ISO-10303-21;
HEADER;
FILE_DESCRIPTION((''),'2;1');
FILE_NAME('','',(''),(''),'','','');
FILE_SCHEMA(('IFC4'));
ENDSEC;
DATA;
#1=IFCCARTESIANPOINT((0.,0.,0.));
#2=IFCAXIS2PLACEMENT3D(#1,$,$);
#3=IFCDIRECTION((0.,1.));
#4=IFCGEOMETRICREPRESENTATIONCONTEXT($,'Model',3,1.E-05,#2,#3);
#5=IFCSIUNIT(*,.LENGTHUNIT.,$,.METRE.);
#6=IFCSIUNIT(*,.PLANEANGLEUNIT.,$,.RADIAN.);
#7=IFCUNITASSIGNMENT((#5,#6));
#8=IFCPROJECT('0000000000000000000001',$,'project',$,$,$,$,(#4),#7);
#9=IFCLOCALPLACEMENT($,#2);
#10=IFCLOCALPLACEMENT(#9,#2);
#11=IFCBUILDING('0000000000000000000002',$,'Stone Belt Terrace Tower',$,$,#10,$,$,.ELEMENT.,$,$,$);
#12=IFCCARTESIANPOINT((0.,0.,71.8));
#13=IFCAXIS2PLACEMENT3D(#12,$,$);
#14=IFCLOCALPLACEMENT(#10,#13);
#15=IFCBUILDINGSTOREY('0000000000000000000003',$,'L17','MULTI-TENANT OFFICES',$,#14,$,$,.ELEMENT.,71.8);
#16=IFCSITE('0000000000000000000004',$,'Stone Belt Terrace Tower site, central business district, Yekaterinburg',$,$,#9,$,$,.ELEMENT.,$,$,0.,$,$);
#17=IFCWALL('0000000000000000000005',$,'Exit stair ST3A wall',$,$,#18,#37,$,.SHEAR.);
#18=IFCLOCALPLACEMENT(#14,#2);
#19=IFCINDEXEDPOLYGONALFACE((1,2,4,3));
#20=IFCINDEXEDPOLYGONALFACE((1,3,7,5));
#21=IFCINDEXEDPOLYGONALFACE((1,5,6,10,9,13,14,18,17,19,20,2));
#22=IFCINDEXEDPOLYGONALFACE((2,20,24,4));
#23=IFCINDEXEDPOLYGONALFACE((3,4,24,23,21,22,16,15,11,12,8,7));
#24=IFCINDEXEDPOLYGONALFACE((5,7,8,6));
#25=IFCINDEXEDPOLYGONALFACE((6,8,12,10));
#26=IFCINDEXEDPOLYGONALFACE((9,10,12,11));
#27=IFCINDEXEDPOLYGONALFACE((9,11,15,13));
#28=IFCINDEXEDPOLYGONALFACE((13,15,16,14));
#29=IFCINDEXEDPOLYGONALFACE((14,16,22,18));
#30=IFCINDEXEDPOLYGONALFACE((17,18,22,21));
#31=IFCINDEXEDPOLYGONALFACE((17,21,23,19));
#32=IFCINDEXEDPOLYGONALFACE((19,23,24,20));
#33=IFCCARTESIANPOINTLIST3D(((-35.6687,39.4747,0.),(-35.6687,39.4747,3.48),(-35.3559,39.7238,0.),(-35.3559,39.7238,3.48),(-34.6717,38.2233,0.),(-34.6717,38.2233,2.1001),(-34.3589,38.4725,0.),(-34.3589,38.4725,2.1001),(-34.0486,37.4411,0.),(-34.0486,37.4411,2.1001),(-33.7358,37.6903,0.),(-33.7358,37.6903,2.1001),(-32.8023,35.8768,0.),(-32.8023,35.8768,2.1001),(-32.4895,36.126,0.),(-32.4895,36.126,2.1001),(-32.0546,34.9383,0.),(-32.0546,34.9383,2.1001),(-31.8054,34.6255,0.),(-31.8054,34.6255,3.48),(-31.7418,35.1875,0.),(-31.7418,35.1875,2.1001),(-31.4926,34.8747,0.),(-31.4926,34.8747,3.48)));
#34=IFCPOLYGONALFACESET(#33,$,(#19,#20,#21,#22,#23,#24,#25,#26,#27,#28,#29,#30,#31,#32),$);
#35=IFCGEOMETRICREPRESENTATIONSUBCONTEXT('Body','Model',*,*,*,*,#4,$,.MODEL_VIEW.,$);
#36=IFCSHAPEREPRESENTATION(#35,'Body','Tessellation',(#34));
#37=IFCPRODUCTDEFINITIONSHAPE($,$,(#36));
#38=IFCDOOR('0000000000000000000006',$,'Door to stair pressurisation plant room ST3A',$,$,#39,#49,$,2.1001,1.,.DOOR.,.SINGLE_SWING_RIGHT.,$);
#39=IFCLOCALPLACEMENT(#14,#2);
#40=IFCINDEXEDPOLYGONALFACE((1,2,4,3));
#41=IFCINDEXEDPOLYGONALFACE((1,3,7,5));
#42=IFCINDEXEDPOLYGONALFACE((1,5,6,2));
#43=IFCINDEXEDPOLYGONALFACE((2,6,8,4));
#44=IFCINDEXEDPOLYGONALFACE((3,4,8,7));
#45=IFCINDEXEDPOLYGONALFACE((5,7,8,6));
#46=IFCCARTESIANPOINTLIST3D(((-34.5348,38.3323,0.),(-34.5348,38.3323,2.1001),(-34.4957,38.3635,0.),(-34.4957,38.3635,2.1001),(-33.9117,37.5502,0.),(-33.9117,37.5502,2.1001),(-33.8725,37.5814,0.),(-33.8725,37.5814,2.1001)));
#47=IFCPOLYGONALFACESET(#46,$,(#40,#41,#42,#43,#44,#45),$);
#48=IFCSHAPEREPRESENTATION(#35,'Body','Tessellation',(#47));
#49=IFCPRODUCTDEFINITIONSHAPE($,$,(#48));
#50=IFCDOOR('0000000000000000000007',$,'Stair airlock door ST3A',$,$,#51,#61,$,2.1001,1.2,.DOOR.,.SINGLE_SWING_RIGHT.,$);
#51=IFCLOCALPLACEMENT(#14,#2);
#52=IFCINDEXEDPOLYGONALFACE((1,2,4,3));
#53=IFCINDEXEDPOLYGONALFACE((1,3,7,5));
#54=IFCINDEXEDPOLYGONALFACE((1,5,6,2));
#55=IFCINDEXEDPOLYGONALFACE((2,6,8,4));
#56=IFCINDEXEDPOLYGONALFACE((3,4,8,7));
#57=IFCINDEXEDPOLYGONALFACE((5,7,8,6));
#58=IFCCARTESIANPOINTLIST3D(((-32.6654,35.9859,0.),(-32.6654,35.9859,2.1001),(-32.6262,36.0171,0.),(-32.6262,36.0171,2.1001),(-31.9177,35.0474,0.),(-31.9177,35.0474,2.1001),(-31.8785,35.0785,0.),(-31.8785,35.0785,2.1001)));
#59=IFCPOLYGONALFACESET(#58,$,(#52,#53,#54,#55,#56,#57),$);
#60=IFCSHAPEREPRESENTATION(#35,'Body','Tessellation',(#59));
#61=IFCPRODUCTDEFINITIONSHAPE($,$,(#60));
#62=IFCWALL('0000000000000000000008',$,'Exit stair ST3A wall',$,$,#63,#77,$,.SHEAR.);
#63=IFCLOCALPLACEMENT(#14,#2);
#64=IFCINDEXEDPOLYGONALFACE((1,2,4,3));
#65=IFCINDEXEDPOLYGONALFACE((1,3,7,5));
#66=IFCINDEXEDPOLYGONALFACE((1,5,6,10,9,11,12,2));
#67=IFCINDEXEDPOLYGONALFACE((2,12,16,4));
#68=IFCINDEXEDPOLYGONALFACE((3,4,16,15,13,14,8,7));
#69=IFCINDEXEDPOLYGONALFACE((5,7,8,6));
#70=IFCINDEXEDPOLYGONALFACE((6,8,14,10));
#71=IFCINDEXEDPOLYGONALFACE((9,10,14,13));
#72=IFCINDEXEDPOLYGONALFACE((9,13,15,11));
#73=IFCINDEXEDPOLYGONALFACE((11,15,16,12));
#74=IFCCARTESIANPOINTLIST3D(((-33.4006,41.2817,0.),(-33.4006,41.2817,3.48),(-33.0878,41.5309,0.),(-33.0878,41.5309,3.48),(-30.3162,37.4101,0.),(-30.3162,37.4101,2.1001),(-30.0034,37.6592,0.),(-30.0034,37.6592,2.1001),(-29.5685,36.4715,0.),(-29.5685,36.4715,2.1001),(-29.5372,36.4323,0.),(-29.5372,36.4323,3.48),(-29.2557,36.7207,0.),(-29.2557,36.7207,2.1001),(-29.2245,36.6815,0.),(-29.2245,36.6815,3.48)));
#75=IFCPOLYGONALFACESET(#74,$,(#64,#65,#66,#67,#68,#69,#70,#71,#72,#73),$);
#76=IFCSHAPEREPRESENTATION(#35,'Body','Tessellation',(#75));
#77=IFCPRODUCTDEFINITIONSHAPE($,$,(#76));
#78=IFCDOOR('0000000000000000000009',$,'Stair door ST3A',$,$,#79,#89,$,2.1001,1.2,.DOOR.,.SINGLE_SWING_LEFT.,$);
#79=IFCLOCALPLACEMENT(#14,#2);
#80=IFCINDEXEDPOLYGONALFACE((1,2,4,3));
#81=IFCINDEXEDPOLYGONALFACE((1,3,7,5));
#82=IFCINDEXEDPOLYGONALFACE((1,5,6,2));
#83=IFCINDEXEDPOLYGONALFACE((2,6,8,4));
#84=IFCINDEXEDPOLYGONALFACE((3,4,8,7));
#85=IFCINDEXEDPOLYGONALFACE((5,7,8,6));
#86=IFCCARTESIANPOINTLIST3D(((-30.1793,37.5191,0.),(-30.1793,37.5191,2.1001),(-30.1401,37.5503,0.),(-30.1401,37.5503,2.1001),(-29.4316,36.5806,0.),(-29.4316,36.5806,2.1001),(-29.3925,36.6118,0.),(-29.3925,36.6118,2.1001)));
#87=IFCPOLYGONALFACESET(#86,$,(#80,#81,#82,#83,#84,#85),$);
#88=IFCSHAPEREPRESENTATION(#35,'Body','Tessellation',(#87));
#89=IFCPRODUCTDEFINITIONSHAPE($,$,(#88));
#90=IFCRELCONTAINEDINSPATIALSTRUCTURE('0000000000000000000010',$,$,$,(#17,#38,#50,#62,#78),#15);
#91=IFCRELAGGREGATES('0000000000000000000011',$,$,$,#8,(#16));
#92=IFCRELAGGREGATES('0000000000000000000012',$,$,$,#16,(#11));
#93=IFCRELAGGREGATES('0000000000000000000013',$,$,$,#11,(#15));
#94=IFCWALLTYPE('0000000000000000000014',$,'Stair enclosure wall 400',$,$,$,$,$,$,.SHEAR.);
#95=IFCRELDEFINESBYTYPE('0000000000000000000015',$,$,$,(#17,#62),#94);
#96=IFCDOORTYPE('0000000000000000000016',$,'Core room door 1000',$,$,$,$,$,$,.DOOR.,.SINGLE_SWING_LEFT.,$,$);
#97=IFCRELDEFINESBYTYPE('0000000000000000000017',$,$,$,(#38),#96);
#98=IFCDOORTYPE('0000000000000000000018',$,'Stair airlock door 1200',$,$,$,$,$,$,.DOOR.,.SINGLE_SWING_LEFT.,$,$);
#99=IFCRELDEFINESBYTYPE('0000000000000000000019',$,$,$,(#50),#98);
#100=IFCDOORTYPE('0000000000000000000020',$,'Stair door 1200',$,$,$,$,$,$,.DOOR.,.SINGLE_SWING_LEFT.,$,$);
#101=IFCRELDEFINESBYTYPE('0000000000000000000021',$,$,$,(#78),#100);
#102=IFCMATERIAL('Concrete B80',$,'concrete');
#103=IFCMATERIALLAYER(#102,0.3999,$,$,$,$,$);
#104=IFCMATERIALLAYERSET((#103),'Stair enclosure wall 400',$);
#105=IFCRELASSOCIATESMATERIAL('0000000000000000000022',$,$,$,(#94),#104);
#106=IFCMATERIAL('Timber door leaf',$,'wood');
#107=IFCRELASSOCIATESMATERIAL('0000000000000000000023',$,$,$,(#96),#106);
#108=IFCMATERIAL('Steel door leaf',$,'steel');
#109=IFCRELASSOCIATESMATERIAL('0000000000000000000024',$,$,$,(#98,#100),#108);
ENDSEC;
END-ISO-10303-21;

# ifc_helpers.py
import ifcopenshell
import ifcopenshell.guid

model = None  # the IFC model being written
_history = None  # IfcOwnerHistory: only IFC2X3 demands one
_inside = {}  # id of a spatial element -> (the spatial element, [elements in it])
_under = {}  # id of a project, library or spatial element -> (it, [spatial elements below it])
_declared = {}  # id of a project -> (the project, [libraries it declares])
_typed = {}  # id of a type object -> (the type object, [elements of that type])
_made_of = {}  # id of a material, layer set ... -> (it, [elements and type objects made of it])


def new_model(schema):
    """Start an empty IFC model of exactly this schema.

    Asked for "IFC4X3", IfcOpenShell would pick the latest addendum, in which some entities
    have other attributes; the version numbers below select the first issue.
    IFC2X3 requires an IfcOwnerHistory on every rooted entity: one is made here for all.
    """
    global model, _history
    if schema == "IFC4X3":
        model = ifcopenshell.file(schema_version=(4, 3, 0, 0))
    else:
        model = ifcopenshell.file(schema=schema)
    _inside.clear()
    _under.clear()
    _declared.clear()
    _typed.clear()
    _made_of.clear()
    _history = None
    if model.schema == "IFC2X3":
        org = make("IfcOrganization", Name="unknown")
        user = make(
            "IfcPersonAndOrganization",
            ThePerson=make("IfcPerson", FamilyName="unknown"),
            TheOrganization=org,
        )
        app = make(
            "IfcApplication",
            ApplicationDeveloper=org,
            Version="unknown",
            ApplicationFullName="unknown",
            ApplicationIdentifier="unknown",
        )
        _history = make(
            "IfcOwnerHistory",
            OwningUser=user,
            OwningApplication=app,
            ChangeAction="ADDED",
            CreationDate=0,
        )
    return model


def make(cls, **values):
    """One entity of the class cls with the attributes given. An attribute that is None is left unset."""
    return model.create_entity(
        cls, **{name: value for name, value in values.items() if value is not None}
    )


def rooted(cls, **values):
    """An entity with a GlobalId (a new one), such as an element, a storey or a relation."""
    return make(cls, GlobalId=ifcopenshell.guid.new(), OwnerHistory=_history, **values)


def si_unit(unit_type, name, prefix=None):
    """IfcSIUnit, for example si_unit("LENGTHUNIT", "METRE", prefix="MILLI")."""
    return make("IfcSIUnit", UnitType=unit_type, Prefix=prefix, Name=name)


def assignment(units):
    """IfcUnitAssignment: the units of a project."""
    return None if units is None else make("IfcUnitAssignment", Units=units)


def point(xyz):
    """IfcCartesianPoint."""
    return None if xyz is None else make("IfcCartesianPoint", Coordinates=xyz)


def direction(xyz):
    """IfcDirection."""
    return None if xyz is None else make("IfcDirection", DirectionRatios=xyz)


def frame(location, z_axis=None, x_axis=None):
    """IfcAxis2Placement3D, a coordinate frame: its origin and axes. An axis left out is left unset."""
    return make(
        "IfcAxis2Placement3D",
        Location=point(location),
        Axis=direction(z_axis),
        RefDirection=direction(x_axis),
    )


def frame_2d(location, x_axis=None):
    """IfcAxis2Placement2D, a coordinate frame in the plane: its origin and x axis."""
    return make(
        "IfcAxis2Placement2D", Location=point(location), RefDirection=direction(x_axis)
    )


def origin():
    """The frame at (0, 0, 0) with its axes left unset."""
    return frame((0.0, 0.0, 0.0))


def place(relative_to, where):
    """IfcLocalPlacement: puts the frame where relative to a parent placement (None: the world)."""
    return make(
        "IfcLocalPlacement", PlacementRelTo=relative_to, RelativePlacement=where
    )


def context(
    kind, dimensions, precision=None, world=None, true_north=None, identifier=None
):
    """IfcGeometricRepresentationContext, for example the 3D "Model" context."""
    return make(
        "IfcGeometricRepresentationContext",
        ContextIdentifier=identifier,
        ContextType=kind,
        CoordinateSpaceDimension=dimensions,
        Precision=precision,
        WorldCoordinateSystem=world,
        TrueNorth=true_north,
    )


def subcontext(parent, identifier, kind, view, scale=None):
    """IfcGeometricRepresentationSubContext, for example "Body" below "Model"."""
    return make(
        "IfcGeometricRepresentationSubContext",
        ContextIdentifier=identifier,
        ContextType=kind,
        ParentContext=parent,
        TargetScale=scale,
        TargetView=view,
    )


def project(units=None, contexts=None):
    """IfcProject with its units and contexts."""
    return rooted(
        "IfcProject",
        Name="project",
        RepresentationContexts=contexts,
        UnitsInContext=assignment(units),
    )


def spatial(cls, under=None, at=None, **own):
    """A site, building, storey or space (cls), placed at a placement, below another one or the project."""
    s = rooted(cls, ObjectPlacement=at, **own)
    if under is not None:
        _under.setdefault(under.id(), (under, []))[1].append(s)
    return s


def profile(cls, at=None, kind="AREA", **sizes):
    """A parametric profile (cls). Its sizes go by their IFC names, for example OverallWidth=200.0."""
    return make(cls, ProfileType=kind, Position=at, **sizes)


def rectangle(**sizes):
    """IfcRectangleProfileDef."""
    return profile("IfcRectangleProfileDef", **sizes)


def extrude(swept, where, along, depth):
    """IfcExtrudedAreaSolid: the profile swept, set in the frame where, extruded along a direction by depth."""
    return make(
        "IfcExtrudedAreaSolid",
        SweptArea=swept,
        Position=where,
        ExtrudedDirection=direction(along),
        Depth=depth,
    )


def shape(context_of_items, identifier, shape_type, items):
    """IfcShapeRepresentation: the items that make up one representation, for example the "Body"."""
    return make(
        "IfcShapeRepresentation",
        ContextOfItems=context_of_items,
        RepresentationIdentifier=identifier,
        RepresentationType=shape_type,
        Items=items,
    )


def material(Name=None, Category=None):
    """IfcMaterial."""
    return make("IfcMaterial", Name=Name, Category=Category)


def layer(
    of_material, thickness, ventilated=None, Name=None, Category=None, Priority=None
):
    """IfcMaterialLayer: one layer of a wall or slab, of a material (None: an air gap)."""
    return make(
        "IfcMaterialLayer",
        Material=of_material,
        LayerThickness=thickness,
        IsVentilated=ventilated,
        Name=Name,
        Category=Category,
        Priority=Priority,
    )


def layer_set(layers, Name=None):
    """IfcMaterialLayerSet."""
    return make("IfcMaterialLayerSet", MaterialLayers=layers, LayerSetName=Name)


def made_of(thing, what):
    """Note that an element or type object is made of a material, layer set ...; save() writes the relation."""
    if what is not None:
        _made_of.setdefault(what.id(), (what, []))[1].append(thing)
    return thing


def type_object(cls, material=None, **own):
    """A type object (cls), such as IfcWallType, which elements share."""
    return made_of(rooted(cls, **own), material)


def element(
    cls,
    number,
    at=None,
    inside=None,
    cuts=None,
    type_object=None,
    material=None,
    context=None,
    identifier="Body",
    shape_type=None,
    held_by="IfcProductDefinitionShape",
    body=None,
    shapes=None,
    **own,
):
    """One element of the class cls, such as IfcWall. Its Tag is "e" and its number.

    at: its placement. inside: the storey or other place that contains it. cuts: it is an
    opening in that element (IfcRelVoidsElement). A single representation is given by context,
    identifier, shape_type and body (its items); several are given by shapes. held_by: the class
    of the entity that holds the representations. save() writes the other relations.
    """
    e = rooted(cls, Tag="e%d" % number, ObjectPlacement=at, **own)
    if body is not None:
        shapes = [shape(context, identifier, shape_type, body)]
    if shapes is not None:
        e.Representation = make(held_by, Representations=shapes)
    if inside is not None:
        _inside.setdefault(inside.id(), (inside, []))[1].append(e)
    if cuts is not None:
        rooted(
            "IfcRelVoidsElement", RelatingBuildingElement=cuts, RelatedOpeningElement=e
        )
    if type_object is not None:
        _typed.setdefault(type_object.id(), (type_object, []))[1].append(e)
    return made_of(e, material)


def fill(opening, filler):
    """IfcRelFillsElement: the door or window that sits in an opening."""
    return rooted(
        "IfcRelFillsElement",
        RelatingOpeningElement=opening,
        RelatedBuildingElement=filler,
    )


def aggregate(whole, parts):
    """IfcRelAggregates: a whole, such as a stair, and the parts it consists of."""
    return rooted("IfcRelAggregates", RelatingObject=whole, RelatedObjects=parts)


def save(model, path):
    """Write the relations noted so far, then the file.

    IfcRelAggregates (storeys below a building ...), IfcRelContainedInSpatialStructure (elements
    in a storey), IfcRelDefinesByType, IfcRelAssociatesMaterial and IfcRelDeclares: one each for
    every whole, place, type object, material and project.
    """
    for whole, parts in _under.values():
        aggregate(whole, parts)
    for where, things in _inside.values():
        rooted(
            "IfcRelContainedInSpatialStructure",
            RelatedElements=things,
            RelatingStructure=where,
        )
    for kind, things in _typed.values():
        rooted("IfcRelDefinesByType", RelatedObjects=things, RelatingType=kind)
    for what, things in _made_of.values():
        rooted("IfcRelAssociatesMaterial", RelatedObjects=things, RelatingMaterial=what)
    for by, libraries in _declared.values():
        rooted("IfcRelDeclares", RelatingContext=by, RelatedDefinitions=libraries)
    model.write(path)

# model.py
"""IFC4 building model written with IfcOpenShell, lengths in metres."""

from ifc_helpers import new_model, si_unit, direction, frame, frame_2d, origin, place, context, subcontext, project, spatial, rectangle, extrude, material, layer, layer_set, type_object, element, fill, save


model = new_model("IFC4")

# Units and contexts
model_context = context("Model", 3, precision=1e-05, world=origin(), true_north=direction((0.0, 1.0)))
body_context = subcontext(model_context, "Body", "Model", "MODEL_VIEW")
ifc_project = project(units=[si_unit("LENGTHUNIT", "METRE"), si_unit("PLANEANGLEUNIT", "RADIAN")], contexts=[model_context])

# Site, building, storey
site_placement = place(None, origin())
site = spatial("IfcSite", under=ifc_project, at=site_placement, Name="Stone Belt Terrace Tower site, central business district, Yekaterinburg", CompositionType="ELEMENT", RefElevation=0.0)
building_placement = place(site_placement, origin())
building = spatial("IfcBuilding", under=site, at=building_placement, Name="Stone Belt Terrace Tower", CompositionType="ELEMENT")
storey_placement = place(building_placement, frame((0.0, 0.0, 71.8)))
storey = spatial("IfcBuildingStorey", under=building, at=storey_placement, Name="L17", Description="MULTI-TENANT OFFICES", CompositionType="ELEMENT", Elevation=71.8)

# Shared definitions
ifc_material_1 = material(Name="Concrete B80", Category="concrete")

# Shared definitions
ifc_material_2 = material(Name="Timber door leaf", Category="wood")

# Wall, openings, doors
ifc_layer_1 = layer(ifc_material_1, 0.3999)
ifc_layer_set_1 = layer_set([ifc_layer_1], Name="Stair enclosure wall 400")
wall_type_1 = type_object("IfcWallType", Name="Stair enclosure wall 400", PredefinedType="SHEAR", material=ifc_layer_set_1)
wall_1_placement = place(storey_placement, frame((-31.6489, 34.75, 0.0), z_axis=(0.0, 0.0, 1.0), x_axis=(-0.623119, 0.782127, 0.0)))
wall_1 = element("IfcWall", 1, at=wall_1_placement, inside=storey, type_object=wall_type_1, Name="Exit stair ST3A wall", PredefinedType="SHEAR", context=body_context, shape_type="SweptSolid", body=[
    extrude(rectangle(XDim=6.2, YDim=0.3999, at=frame_2d((3.1001, 0.0))), origin(), (0.0, 0.0, 1.0), 3.48),
])
opening_1_placement = place(wall_1_placement, frame((0.3999, 0.0, 0.0)))
opening_1 = element("IfcOpeningElement", 2, at=opening_1_placement, cuts=wall_1, PredefinedType="OPENING", context=body_context, shape_type="SweptSolid", body=[
    extrude(rectangle(XDim=1.2, YDim=2.1001, at=frame_2d((0.6001, 1.05))), frame((0.0, 0.21, 0.0), z_axis=(0.0, -1.0, 0.0), x_axis=(1.0, 0.0, 0.0)), (0.0, 0.0, 1.0), 0.4199),
])
opening_2_placement = place(wall_1_placement, frame((3.6001, 0.0, 0.0)))
opening_2 = element("IfcOpeningElement", 3, at=opening_2_placement, cuts=wall_1, PredefinedType="OPENING", context=body_context, shape_type="SweptSolid", body=[
    extrude(rectangle(XDim=1.0, YDim=2.1001, at=frame_2d((0.5, 1.05))), frame((0.0, 0.21, 0.0), z_axis=(0.0, -1.0, 0.0), x_axis=(1.0, 0.0, 0.0)), (0.0, 0.0, 1.0), 0.4199),
])
door_type_1 = type_object("IfcDoorType", Name="Core room door 1000", OperationType="SINGLE_SWING_LEFT", PredefinedType="DOOR", material=ifc_material_2)
door_1_placement = place(opening_2_placement, origin())
door_1 = element("IfcDoor", 4, at=door_1_placement, inside=storey, type_object=door_type_1, Name="Door to stair pressurisation plant room ST3A", OperationType="SINGLE_SWING_RIGHT", OverallHeight=2.1001, OverallWidth=1.0, PredefinedType="DOOR", context=body_context, shape_type="SweptSolid", body=[
    extrude(rectangle(XDim=1.0, YDim=2.1001, at=frame_2d((0.5, 1.05))), frame((0.0, 0.0249, 0.0), z_axis=(0.0, -1.0, 0.0), x_axis=(1.0, 0.0, 0.0)), (0.0, 0.0, 1.0), 0.05),
])
fill(opening_2, door_1)
ifc_material_3 = material(Name="Steel door leaf", Category="steel")
door_type_2 = type_object("IfcDoorType", Name="Stair airlock door 1200", OperationType="SINGLE_SWING_LEFT", PredefinedType="DOOR", material=ifc_material_3)
door_2_placement = place(opening_1_placement, origin())
door_2 = element("IfcDoor", 5, at=door_2_placement, inside=storey, type_object=door_type_2, Name="Stair airlock door ST3A", OperationType="SINGLE_SWING_RIGHT", OverallHeight=2.1001, OverallWidth=1.2, PredefinedType="DOOR", context=body_context, shape_type="SweptSolid", body=[
    extrude(rectangle(XDim=1.2, YDim=2.1001, at=frame_2d((0.6001, 1.05))), frame((0.0, 0.0249, 0.0), z_axis=(0.0, -1.0, 0.0), x_axis=(1.0, 0.0, 0.0)), (0.0, 0.0, 1.0), 0.05),
])
fill(opening_1, door_2)

# Wall, opening, door
wall_2_placement = place(storey_placement, frame((-29.3809, 36.5569, 0.0), z_axis=(0.0, 0.0, 1.0), x_axis=(-0.623099, 0.782143, 0.0)))
wall_2 = element("IfcWall", 6, at=wall_2_placement, inside=storey, type_object=wall_type_1, Name="Exit stair ST3A wall", PredefinedType="SHEAR", context=body_context, shape_type="SweptSolid", body=[
    extrude(rectangle(XDim=6.2002, YDim=0.3999, at=frame_2d((3.1001, 0.0))), origin(), (0.0, 0.0, 1.0), 3.48),
])
opening_3_placement = place(wall_2_placement, frame((0.05, 0.0, 0.0)))
opening_3 = element("IfcOpeningElement", 7, at=opening_3_placement, cuts=wall_2, PredefinedType="OPENING", context=body_context, shape_type="SweptSolid", body=[
    extrude(rectangle(XDim=1.2, YDim=2.1001, at=frame_2d((0.6001, 1.05))), frame((0.0, 0.21, 0.0), z_axis=(0.0, -1.0, 0.0), x_axis=(1.0, 0.0, 0.0)), (0.0, 0.0, 1.0), 0.4199),
])
door_type_3 = type_object("IfcDoorType", Name="Stair door 1200", OperationType="SINGLE_SWING_LEFT", PredefinedType="DOOR", material=ifc_material_3)
door_3_placement = place(opening_3_placement, origin())
door_3 = element("IfcDoor", 8, at=door_3_placement, inside=storey, type_object=door_type_3, Name="Stair door ST3A", OperationType="SINGLE_SWING_LEFT", OverallHeight=2.1001, OverallWidth=1.2, PredefinedType="DOOR", context=body_context, shape_type="SweptSolid", body=[
    extrude(rectangle(XDim=1.2, YDim=2.1001, at=frame_2d((0.6001, 1.05))), frame((0.0, 0.0249, 0.0), z_axis=(0.0, -1.0, 0.0), x_axis=(1.0, 0.0, 0.0)), (0.0, 0.0, 1.0), 0.05),
])
fill(opening_3, door_3)

save(model, "model.ifc")
